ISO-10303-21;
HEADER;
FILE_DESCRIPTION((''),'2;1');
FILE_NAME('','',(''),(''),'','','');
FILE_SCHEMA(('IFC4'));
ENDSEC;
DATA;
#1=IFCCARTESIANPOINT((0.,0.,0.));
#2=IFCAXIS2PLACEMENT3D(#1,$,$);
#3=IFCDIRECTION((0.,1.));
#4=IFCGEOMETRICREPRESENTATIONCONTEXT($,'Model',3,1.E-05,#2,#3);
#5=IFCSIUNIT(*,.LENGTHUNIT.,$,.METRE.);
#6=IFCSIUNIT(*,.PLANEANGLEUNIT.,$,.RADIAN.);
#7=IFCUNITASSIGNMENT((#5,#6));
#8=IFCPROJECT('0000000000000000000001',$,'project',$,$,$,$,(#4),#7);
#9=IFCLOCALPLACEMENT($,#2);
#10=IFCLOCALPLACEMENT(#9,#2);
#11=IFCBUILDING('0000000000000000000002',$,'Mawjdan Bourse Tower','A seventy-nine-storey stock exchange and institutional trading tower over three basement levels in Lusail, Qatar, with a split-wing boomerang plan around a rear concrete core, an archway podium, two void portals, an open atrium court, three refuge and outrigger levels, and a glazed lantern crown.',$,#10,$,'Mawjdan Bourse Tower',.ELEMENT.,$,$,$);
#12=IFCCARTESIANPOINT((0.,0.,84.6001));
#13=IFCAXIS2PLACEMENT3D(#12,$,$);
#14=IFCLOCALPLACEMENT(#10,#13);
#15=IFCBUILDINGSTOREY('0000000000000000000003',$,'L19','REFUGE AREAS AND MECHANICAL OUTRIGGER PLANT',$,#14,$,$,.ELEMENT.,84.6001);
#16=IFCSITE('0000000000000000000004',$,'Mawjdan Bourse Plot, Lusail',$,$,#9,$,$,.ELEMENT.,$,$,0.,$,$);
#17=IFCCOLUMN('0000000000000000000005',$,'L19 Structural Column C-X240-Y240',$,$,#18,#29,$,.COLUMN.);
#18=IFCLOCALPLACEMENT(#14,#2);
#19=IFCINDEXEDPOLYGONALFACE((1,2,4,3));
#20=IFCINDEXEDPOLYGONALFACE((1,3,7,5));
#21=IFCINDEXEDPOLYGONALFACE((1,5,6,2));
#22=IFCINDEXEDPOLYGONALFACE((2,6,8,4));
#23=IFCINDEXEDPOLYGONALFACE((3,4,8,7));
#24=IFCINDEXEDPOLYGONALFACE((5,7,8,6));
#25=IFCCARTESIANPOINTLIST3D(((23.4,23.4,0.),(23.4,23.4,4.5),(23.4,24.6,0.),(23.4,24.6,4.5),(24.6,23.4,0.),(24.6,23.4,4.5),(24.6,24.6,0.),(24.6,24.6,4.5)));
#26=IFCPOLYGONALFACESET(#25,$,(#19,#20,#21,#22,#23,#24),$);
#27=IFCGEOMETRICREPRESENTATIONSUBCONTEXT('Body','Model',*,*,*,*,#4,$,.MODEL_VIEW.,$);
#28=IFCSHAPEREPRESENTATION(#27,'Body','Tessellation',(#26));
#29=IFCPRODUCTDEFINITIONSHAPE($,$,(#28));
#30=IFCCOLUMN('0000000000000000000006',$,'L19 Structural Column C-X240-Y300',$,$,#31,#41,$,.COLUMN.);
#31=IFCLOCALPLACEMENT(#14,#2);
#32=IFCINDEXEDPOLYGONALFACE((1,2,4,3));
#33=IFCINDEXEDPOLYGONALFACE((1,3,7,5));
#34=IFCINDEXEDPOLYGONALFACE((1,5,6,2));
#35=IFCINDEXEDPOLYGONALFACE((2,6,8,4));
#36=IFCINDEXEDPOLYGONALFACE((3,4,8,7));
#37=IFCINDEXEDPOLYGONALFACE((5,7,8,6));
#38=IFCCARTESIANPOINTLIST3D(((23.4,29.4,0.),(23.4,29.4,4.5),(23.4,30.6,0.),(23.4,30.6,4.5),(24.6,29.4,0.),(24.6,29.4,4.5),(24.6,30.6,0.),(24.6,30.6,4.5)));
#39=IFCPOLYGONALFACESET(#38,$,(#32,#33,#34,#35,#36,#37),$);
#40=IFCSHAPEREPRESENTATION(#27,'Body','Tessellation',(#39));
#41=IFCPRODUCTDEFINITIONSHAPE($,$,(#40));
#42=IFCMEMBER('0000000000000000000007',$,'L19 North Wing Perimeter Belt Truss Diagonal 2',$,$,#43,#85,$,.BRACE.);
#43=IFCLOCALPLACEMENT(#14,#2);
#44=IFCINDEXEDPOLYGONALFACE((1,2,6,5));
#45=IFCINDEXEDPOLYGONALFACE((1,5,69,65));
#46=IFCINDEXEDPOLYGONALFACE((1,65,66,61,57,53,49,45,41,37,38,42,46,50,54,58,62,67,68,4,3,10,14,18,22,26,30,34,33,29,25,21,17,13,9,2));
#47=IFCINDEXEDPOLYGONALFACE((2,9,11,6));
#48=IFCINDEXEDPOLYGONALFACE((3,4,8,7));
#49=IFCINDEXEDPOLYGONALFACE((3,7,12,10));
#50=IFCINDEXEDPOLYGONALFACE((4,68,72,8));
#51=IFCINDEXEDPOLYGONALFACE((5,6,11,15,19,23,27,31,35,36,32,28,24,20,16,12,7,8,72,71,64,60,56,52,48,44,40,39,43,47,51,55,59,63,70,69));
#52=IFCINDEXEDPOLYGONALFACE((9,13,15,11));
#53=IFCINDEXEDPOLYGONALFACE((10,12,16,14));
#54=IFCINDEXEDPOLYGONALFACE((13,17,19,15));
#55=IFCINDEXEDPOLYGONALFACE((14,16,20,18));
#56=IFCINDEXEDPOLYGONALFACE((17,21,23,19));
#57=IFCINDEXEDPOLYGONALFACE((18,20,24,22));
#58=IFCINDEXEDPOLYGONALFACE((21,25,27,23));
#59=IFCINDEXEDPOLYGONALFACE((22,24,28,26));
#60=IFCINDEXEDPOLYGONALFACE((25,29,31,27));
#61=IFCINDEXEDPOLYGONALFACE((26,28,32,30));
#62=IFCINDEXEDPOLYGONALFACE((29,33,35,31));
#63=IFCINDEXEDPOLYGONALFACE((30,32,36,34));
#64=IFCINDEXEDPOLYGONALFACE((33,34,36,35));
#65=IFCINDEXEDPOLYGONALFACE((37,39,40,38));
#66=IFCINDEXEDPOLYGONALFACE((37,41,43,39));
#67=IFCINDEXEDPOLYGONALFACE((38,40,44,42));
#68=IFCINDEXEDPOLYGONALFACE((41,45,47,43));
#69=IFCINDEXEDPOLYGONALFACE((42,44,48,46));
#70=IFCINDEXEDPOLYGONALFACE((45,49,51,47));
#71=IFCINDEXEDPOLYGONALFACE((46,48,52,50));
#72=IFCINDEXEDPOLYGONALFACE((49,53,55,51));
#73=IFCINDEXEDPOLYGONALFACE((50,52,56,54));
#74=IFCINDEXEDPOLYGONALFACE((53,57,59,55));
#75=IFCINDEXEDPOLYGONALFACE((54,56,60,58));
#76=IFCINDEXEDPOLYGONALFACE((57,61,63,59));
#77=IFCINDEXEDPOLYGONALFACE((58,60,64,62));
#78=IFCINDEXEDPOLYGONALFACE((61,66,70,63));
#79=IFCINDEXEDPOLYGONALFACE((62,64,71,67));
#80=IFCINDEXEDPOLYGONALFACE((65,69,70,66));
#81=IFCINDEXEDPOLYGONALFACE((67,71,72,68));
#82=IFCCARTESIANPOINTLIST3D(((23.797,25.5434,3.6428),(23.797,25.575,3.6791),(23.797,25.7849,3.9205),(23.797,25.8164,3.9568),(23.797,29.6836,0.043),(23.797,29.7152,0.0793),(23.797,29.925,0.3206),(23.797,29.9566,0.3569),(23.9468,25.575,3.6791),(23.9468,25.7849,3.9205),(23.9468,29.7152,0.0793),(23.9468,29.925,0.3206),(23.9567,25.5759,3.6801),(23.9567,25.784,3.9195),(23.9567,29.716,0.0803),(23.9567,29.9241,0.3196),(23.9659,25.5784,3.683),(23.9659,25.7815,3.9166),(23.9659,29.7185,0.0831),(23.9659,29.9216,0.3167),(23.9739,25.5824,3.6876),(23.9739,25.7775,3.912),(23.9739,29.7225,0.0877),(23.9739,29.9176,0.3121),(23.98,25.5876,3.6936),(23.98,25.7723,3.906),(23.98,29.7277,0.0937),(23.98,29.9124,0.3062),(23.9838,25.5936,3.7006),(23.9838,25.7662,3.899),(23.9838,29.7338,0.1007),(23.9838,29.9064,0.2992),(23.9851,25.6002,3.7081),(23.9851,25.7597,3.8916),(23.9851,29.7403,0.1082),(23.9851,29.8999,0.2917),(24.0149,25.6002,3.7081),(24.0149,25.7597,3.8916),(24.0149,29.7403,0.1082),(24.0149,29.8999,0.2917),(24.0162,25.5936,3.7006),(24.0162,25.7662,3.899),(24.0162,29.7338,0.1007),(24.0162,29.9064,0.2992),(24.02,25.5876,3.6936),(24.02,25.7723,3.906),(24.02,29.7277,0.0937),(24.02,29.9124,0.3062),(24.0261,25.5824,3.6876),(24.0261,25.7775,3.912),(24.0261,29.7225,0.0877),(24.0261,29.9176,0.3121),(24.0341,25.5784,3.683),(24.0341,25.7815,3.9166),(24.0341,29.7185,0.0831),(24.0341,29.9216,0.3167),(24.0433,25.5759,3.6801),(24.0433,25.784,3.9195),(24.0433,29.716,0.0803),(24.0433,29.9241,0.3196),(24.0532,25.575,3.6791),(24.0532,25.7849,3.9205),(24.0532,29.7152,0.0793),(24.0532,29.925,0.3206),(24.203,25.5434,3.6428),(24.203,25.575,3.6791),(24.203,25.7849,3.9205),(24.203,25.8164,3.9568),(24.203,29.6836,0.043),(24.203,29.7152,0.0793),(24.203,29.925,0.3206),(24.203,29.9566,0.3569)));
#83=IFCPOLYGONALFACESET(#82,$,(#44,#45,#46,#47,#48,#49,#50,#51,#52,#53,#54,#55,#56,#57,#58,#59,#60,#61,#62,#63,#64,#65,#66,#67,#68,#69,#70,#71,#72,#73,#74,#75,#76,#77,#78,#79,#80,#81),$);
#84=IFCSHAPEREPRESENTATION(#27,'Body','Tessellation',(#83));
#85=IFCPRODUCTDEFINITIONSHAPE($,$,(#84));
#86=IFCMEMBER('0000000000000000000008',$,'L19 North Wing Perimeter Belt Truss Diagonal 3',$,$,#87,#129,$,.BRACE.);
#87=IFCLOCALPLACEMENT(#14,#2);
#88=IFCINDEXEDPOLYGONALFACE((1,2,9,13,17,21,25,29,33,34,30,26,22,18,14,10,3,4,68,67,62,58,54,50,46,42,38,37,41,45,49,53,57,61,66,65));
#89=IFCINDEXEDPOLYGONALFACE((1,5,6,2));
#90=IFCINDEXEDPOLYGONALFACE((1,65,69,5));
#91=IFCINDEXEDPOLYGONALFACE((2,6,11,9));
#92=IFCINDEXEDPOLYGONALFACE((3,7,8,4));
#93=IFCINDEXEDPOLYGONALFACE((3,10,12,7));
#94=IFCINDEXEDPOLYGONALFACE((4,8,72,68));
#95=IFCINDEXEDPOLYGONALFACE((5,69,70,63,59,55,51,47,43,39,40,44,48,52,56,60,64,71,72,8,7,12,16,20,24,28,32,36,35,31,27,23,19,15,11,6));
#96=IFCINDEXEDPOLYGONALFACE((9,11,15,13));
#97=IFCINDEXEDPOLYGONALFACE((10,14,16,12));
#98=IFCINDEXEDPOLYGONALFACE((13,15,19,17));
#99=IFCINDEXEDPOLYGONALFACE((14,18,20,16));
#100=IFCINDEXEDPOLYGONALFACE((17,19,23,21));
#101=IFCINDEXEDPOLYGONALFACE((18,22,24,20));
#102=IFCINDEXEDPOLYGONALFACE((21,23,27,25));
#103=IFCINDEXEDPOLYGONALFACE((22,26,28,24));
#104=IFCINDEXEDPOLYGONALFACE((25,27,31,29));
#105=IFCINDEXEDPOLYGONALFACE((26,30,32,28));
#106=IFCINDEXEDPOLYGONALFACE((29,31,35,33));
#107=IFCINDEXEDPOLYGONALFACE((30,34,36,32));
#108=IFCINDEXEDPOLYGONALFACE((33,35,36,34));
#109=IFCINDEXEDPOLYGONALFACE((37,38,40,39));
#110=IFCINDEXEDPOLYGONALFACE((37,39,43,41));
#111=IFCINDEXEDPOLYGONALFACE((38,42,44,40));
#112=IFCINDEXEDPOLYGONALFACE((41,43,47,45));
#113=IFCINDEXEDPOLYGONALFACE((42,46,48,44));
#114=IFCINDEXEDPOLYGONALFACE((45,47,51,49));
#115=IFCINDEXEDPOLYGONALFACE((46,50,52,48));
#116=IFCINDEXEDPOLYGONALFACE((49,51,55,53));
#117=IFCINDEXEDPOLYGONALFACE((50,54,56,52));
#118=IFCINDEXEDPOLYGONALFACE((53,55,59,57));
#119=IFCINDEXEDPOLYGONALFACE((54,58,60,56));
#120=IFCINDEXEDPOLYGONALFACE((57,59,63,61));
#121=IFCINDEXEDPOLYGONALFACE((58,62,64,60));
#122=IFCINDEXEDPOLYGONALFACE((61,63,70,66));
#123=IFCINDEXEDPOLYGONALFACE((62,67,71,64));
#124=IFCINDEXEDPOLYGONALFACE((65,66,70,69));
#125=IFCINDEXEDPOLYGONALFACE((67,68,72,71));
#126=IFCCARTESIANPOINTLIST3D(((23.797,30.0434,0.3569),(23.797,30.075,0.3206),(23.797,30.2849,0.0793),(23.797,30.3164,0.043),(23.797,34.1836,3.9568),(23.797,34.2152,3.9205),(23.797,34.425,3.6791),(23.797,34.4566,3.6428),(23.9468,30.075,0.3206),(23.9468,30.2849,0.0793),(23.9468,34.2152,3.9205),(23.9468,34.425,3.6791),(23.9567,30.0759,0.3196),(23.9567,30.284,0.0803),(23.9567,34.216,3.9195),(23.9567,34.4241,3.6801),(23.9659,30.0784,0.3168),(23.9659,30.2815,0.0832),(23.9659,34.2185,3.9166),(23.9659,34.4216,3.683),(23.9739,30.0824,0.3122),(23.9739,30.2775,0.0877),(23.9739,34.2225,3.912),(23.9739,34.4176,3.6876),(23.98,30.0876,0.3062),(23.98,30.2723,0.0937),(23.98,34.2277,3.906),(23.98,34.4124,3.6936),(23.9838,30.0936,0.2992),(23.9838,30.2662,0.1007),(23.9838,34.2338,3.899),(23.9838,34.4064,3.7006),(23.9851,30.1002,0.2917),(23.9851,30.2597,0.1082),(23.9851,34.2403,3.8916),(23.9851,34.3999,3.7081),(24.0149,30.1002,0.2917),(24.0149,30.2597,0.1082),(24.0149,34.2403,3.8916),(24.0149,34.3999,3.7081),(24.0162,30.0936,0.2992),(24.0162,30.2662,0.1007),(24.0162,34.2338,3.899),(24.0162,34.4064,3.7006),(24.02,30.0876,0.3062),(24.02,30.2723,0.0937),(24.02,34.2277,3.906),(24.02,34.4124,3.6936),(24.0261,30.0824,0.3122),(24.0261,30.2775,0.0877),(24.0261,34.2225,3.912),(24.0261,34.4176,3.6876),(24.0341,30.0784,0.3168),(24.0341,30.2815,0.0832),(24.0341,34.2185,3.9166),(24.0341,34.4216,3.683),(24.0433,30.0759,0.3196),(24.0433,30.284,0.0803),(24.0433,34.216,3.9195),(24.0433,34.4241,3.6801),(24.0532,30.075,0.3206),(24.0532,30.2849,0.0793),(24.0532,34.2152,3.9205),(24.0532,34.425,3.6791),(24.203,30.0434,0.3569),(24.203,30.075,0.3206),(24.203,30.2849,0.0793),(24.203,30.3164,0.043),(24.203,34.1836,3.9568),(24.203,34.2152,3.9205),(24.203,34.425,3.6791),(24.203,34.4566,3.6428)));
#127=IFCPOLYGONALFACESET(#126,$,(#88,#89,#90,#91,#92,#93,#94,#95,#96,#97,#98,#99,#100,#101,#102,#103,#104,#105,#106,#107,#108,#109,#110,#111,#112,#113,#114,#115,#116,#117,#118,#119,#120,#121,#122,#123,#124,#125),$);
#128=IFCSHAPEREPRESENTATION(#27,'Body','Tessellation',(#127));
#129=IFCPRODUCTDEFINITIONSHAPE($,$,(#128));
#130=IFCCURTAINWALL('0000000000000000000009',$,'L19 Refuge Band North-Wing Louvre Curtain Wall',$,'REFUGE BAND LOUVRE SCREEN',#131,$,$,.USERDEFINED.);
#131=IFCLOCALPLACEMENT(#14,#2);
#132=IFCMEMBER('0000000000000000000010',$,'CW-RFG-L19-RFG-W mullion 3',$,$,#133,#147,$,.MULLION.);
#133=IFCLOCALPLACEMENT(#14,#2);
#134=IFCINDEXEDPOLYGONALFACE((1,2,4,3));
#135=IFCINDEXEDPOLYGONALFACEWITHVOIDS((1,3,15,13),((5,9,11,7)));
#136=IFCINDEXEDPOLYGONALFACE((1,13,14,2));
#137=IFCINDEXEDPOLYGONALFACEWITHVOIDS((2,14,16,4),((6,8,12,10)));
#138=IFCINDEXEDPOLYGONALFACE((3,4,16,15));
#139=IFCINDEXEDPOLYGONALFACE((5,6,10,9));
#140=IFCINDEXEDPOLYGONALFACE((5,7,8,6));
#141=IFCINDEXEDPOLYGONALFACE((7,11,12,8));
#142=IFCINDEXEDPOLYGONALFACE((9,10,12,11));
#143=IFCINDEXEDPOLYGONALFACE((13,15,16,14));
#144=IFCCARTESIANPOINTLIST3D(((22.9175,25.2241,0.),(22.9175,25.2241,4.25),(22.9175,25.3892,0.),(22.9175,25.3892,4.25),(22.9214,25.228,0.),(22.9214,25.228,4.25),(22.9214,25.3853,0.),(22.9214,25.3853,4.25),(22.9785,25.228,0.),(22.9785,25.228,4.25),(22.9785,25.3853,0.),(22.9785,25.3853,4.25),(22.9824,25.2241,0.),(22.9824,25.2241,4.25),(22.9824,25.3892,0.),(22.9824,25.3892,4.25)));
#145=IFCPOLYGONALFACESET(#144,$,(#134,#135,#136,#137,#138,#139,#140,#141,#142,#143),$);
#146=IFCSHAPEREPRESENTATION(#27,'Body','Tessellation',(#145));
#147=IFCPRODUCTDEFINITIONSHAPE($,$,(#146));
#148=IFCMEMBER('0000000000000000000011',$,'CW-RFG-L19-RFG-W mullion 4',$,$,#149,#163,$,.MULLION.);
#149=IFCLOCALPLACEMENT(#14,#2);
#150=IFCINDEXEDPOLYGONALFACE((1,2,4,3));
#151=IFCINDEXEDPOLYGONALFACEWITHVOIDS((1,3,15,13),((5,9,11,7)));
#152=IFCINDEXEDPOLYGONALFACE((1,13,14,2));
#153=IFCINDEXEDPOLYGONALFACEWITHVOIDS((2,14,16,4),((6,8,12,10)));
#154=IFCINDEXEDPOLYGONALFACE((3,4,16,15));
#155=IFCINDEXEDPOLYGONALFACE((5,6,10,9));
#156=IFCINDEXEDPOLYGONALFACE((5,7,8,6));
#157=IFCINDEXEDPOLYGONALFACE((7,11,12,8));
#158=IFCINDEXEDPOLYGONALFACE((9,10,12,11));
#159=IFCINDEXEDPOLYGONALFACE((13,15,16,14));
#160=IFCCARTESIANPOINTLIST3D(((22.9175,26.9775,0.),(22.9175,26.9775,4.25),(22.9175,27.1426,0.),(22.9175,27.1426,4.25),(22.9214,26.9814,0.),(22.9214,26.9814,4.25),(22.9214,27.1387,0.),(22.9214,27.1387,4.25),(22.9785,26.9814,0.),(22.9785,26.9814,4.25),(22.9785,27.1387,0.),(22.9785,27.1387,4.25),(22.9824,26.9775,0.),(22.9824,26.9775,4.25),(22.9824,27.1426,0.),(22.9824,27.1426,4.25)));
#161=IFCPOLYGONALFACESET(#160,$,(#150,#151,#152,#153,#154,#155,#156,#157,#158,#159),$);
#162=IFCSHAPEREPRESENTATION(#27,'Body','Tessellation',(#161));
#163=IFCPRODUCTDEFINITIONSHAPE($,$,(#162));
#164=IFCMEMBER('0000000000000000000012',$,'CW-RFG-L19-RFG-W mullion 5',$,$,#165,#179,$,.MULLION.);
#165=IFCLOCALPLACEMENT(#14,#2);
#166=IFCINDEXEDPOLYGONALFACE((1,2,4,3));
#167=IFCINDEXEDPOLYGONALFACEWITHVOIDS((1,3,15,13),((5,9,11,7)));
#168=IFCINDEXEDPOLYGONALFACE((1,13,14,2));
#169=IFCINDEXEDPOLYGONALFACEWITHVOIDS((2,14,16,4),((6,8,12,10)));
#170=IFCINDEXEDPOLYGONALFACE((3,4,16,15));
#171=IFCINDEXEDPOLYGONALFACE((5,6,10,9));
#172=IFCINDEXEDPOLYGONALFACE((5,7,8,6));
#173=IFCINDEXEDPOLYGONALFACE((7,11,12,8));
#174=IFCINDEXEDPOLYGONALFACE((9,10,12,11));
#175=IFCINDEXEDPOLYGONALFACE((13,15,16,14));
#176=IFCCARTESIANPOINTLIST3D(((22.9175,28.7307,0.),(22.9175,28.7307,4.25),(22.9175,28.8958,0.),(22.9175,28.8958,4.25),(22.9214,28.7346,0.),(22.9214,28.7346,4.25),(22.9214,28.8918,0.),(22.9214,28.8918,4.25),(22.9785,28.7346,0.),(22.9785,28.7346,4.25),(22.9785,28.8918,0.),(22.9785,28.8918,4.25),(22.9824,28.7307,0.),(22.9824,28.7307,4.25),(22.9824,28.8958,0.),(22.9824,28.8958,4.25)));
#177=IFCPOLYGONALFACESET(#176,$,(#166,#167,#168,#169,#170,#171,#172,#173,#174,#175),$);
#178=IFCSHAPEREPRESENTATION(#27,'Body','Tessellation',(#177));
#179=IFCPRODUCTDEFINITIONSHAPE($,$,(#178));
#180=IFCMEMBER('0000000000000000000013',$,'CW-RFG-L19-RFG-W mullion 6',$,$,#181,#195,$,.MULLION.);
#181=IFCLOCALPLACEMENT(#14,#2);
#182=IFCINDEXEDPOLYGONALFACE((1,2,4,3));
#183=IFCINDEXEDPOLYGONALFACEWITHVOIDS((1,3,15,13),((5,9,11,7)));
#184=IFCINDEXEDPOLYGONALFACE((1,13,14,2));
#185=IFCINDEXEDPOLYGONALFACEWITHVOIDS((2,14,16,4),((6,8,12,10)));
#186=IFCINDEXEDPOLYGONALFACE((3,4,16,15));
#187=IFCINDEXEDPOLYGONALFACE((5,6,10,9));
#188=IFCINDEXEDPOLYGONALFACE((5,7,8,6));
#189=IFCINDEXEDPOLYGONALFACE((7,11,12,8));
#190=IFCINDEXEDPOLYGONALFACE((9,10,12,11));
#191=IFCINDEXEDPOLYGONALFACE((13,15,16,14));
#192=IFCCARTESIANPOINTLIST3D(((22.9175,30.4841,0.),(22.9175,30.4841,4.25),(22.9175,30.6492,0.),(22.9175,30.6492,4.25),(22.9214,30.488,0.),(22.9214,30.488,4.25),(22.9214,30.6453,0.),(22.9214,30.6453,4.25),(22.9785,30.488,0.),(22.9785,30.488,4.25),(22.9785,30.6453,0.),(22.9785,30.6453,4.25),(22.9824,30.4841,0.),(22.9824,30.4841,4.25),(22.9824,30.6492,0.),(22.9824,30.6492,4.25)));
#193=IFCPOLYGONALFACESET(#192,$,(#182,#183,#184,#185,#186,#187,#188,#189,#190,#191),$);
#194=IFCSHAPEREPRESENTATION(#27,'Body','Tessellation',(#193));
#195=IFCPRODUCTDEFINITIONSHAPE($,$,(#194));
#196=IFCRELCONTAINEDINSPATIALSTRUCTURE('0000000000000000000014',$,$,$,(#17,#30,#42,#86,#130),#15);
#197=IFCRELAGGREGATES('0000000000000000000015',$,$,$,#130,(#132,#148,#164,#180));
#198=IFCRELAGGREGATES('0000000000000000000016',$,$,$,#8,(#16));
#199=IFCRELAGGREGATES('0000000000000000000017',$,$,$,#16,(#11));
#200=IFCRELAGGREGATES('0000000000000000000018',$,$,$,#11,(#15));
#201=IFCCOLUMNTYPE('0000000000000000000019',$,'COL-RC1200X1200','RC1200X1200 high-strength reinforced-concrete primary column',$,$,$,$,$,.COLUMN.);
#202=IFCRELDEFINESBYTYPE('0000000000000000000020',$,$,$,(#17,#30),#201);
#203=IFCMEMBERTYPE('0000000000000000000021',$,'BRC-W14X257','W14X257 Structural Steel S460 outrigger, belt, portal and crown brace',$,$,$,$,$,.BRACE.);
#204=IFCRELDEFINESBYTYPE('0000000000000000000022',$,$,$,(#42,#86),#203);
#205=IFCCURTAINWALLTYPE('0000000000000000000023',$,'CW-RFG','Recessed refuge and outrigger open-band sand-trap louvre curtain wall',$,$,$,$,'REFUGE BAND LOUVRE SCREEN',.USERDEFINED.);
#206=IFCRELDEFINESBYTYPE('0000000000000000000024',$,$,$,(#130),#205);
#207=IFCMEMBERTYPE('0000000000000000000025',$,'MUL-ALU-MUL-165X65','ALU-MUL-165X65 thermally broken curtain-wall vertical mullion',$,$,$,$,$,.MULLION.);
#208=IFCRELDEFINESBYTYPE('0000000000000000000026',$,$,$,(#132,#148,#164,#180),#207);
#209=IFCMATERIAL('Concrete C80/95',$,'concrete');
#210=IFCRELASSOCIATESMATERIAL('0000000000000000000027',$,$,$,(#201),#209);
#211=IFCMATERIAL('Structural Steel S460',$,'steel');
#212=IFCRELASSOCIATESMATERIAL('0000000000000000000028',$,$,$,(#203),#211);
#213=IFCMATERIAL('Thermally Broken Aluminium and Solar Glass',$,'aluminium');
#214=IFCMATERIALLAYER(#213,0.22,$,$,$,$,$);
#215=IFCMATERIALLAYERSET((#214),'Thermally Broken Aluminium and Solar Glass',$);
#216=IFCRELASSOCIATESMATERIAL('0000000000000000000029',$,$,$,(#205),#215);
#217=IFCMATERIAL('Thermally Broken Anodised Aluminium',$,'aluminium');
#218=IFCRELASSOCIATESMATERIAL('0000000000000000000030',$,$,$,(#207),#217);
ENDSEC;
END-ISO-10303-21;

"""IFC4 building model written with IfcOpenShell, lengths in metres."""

from ifc_helpers import new_model, si_unit, direction, frame, origin, origin_2d, place, context, subcontext, project, spatial, rectangle, hollow_rectangle, i_section, extrude, material, layer, layer_set, material_profile, profile_set, type_object, element, aggregate, save


model = new_model("IFC4")

# Units and contexts
model_context = context("Model", 3, precision=1e-05, world=origin(), true_north=direction((0.0, 1.0)))
body_context = subcontext(model_context, "Body", "Model", "MODEL_VIEW")
ifc_project = project(units=[si_unit("LENGTHUNIT", "METRE"), si_unit("PLANEANGLEUNIT", "RADIAN")], contexts=[model_context])

# Site, building, storey
site_placement = place(None, origin())
site = spatial("IfcSite", under=ifc_project, at=site_placement, Name="Mawjdan Bourse Plot, Lusail", CompositionType="ELEMENT", RefElevation=0.0)
building_placement = place(site_placement, origin())
building = spatial("IfcBuilding", under=site, at=building_placement, Name="Mawjdan Bourse Tower", Description="A seventy-nine-storey stock exchange and institutional trading tower over three basement levels in Lusail, Qatar, with a split-wing boomerang plan around a rear concrete core, an archway podium, two void portals, an open atrium court, three refuge and outrigger levels, and a glazed lantern crown.", LongName="Mawjdan Bourse Tower", CompositionType="ELEMENT")
storey_placement = place(building_placement, frame((0.0, 0.0, 84.6001)))
storey = spatial("IfcBuildingStorey", under=building, at=storey_placement, Name="L19", Description="REFUGE AREAS AND MECHANICAL OUTRIGGER PLANT", CompositionType="ELEMENT", Elevation=84.6001)

# Columns
ifc_material_1 = material(Name="Concrete C80/95", Category="concrete")
ifc_material_profile_1 = material_profile(ifc_material_1, rectangle(XDim=1.2, YDim=1.2, at=origin_2d()), Name="RC1200X1200")
ifc_profile_set_1 = profile_set([ifc_material_profile_1], Name="Concrete C80/95")
column_type = type_object("IfcColumnType", Name="COL-RC1200X1200", Description="RC1200X1200 high-strength reinforced-concrete primary column", PredefinedType="COLUMN", material=ifc_profile_set_1)
for number, where, z_axis, x_axis, name in (
    (1, (24.0, 24.0, 0.0), (0.0, 0.0, 1.0), (1.0, 0.0, 0.0), "L19 Structural Column C-X240-Y240"),
    (2, (24.0, 30.0, 0.0), (0.0, 0.0, 1.0), (1.0, 0.0, 0.0), "L19 Structural Column C-X240-Y300"),
):
    element("IfcColumn", number, at=place(storey_placement, frame(where, z_axis=z_axis, x_axis=x_axis)), inside=storey, type_object=column_type, Name=name, PredefinedType="COLUMN", context=body_context, shape_type="SweptSolid", body=[
        extrude(rectangle(XDim=1.2, YDim=1.2, at=origin_2d()), origin(), (0.0, 0.0, 1.0), 4.5),
    ])

# Members
ifc_material_2 = material(Name="Structural Steel S460", Category="steel")
ifc_material_profile_2 = material_profile(ifc_material_2, i_section(OverallWidth=0.406, OverallDepth=0.416, WebThickness=0.0298, FlangeThickness=0.0481, FilletRadius=0.0383, at=origin_2d()), Name="W14X257")
ifc_profile_set_2 = profile_set([ifc_material_profile_2], Name="Structural Steel S460")
member_type_1 = type_object("IfcMemberType", Name="BRC-W14X257", Description="W14X257 Structural Steel S460 outrigger, belt, portal and crown brace", PredefinedType="BRACE", material=ifc_profile_set_2)
for number, where, z_axis, x_axis, name in (
    (3, (24.0, 25.6799, 3.7998), (0.0, 0.754629, -0.656151), (-1.0, 0.0, 0.0), "L19 North Wing Perimeter Belt Truss Diagonal 2"),
    (4, (24.0, 30.1799, 0.2), (0.0, 0.754629, 0.656151), (-1.0, 0.0, 0.0), "L19 North Wing Perimeter Belt Truss Diagonal 3"),
):
    element("IfcMember", number, at=place(storey_placement, frame(where, z_axis=z_axis, x_axis=x_axis)), inside=storey, type_object=member_type_1, Name=name, PredefinedType="BRACE", context=body_context, shape_type="SweptSolid", body=[
        extrude(i_section(OverallWidth=0.406, OverallDepth=0.416, WebThickness=0.0298, FlangeThickness=0.0481, FilletRadius=0.0383, at=origin_2d()), origin(), (0.0, 0.0, 1.0), 5.4863),
    ])

# Curtain wall, members
ifc_material_3 = material(Name="Thermally Broken Aluminium and Solar Glass", Category="aluminium")
ifc_layer_1 = layer(ifc_material_3, 0.22)
ifc_layer_set_1 = layer_set([ifc_layer_1], Name="Thermally Broken Aluminium and Solar Glass")
curtain_wall_type = type_object("IfcCurtainWallType", Name="CW-RFG", Description="Recessed refuge and outrigger open-band sand-trap louvre curtain wall", ElementType="REFUGE BAND LOUVRE SCREEN", PredefinedType="USERDEFINED", material=ifc_layer_set_1)
curtain_wall_placement = place(storey_placement, origin())
curtain_wall = element("IfcCurtainWall", 5, at=curtain_wall_placement, inside=storey, type_object=curtain_wall_type, Name="L19 Refuge Band North-Wing Louvre Curtain Wall", ObjectType="REFUGE BAND LOUVRE SCREEN", PredefinedType="USERDEFINED")
ifc_material_4 = material(Name="Thermally Broken Anodised Aluminium", Category="aluminium")
ifc_material_profile_3 = material_profile(ifc_material_4, hollow_rectangle(XDim=0.0649, YDim=0.165, WallThickness=0.0039, at=origin_2d()), Name="ALU-MUL-165X65")
ifc_profile_set_3 = profile_set([ifc_material_profile_3], Name="Thermally Broken Anodised Aluminium")
member_type_2 = type_object("IfcMemberType", Name="MUL-ALU-MUL-165X65", Description="ALU-MUL-165X65 thermally broken curtain-wall vertical mullion", PredefinedType="MULLION", material=ifc_profile_set_3)
member_1_placement = place(storey_placement, frame((22.95, 25.3066, 0.0), z_axis=(0.0, 0.0, 1.0), x_axis=(-1.0, 0.0, 0.0)))
member_1 = element("IfcMember", 6, at=member_1_placement, type_object=member_type_2, Name="CW-RFG-L19-RFG-W mullion 3", PredefinedType="MULLION", context=body_context, shape_type="SweptSolid", body=[
    extrude(hollow_rectangle(XDim=0.0649, YDim=0.165, WallThickness=0.0039, at=origin_2d()), origin(), (0.0, 0.0, 1.0), 4.25),
])
member_2_placement = place(storey_placement, frame((22.95, 27.0601, 0.0), z_axis=(0.0, 0.0, 1.0), x_axis=(-1.0, 0.0, 0.0)))
member_2 = element("IfcMember", 7, at=member_2_placement, type_object=member_type_2, Name="CW-RFG-L19-RFG-W mullion 4", PredefinedType="MULLION", context=body_context, shape_type="SweptSolid", body=[
    extrude(hollow_rectangle(XDim=0.0649, YDim=0.165, WallThickness=0.0039, at=origin_2d()), origin(), (0.0, 0.0, 1.0), 4.25),
])
member_3_placement = place(storey_placement, frame((22.95, 28.8132, 0.0), z_axis=(0.0, 0.0, 1.0), x_axis=(-1.0, 0.0, 0.0)))
member_3 = element("IfcMember", 8, at=member_3_placement, type_object=member_type_2, Name="CW-RFG-L19-RFG-W mullion 5", PredefinedType="MULLION", context=body_context, shape_type="SweptSolid", body=[
    extrude(hollow_rectangle(XDim=0.0649, YDim=0.165, WallThickness=0.0039, at=origin_2d()), origin(), (0.0, 0.0, 1.0), 4.25),
])
member_4_placement = place(storey_placement, frame((22.95, 30.5667, 0.0), z_axis=(0.0, 0.0, 1.0), x_axis=(-1.0, 0.0, 0.0)))
member_4 = element("IfcMember", 9, at=member_4_placement, type_object=member_type_2, Name="CW-RFG-L19-RFG-W mullion 6", PredefinedType="MULLION", context=body_context, shape_type="SweptSolid", body=[
    extrude(hollow_rectangle(XDim=0.0649, YDim=0.165, WallThickness=0.0039, at=origin_2d()), origin(), (0.0, 0.0, 1.0), 4.25),
])

aggregate(curtain_wall, [member_1, member_2, member_3, member_4])

save(model, "model.ifc")
